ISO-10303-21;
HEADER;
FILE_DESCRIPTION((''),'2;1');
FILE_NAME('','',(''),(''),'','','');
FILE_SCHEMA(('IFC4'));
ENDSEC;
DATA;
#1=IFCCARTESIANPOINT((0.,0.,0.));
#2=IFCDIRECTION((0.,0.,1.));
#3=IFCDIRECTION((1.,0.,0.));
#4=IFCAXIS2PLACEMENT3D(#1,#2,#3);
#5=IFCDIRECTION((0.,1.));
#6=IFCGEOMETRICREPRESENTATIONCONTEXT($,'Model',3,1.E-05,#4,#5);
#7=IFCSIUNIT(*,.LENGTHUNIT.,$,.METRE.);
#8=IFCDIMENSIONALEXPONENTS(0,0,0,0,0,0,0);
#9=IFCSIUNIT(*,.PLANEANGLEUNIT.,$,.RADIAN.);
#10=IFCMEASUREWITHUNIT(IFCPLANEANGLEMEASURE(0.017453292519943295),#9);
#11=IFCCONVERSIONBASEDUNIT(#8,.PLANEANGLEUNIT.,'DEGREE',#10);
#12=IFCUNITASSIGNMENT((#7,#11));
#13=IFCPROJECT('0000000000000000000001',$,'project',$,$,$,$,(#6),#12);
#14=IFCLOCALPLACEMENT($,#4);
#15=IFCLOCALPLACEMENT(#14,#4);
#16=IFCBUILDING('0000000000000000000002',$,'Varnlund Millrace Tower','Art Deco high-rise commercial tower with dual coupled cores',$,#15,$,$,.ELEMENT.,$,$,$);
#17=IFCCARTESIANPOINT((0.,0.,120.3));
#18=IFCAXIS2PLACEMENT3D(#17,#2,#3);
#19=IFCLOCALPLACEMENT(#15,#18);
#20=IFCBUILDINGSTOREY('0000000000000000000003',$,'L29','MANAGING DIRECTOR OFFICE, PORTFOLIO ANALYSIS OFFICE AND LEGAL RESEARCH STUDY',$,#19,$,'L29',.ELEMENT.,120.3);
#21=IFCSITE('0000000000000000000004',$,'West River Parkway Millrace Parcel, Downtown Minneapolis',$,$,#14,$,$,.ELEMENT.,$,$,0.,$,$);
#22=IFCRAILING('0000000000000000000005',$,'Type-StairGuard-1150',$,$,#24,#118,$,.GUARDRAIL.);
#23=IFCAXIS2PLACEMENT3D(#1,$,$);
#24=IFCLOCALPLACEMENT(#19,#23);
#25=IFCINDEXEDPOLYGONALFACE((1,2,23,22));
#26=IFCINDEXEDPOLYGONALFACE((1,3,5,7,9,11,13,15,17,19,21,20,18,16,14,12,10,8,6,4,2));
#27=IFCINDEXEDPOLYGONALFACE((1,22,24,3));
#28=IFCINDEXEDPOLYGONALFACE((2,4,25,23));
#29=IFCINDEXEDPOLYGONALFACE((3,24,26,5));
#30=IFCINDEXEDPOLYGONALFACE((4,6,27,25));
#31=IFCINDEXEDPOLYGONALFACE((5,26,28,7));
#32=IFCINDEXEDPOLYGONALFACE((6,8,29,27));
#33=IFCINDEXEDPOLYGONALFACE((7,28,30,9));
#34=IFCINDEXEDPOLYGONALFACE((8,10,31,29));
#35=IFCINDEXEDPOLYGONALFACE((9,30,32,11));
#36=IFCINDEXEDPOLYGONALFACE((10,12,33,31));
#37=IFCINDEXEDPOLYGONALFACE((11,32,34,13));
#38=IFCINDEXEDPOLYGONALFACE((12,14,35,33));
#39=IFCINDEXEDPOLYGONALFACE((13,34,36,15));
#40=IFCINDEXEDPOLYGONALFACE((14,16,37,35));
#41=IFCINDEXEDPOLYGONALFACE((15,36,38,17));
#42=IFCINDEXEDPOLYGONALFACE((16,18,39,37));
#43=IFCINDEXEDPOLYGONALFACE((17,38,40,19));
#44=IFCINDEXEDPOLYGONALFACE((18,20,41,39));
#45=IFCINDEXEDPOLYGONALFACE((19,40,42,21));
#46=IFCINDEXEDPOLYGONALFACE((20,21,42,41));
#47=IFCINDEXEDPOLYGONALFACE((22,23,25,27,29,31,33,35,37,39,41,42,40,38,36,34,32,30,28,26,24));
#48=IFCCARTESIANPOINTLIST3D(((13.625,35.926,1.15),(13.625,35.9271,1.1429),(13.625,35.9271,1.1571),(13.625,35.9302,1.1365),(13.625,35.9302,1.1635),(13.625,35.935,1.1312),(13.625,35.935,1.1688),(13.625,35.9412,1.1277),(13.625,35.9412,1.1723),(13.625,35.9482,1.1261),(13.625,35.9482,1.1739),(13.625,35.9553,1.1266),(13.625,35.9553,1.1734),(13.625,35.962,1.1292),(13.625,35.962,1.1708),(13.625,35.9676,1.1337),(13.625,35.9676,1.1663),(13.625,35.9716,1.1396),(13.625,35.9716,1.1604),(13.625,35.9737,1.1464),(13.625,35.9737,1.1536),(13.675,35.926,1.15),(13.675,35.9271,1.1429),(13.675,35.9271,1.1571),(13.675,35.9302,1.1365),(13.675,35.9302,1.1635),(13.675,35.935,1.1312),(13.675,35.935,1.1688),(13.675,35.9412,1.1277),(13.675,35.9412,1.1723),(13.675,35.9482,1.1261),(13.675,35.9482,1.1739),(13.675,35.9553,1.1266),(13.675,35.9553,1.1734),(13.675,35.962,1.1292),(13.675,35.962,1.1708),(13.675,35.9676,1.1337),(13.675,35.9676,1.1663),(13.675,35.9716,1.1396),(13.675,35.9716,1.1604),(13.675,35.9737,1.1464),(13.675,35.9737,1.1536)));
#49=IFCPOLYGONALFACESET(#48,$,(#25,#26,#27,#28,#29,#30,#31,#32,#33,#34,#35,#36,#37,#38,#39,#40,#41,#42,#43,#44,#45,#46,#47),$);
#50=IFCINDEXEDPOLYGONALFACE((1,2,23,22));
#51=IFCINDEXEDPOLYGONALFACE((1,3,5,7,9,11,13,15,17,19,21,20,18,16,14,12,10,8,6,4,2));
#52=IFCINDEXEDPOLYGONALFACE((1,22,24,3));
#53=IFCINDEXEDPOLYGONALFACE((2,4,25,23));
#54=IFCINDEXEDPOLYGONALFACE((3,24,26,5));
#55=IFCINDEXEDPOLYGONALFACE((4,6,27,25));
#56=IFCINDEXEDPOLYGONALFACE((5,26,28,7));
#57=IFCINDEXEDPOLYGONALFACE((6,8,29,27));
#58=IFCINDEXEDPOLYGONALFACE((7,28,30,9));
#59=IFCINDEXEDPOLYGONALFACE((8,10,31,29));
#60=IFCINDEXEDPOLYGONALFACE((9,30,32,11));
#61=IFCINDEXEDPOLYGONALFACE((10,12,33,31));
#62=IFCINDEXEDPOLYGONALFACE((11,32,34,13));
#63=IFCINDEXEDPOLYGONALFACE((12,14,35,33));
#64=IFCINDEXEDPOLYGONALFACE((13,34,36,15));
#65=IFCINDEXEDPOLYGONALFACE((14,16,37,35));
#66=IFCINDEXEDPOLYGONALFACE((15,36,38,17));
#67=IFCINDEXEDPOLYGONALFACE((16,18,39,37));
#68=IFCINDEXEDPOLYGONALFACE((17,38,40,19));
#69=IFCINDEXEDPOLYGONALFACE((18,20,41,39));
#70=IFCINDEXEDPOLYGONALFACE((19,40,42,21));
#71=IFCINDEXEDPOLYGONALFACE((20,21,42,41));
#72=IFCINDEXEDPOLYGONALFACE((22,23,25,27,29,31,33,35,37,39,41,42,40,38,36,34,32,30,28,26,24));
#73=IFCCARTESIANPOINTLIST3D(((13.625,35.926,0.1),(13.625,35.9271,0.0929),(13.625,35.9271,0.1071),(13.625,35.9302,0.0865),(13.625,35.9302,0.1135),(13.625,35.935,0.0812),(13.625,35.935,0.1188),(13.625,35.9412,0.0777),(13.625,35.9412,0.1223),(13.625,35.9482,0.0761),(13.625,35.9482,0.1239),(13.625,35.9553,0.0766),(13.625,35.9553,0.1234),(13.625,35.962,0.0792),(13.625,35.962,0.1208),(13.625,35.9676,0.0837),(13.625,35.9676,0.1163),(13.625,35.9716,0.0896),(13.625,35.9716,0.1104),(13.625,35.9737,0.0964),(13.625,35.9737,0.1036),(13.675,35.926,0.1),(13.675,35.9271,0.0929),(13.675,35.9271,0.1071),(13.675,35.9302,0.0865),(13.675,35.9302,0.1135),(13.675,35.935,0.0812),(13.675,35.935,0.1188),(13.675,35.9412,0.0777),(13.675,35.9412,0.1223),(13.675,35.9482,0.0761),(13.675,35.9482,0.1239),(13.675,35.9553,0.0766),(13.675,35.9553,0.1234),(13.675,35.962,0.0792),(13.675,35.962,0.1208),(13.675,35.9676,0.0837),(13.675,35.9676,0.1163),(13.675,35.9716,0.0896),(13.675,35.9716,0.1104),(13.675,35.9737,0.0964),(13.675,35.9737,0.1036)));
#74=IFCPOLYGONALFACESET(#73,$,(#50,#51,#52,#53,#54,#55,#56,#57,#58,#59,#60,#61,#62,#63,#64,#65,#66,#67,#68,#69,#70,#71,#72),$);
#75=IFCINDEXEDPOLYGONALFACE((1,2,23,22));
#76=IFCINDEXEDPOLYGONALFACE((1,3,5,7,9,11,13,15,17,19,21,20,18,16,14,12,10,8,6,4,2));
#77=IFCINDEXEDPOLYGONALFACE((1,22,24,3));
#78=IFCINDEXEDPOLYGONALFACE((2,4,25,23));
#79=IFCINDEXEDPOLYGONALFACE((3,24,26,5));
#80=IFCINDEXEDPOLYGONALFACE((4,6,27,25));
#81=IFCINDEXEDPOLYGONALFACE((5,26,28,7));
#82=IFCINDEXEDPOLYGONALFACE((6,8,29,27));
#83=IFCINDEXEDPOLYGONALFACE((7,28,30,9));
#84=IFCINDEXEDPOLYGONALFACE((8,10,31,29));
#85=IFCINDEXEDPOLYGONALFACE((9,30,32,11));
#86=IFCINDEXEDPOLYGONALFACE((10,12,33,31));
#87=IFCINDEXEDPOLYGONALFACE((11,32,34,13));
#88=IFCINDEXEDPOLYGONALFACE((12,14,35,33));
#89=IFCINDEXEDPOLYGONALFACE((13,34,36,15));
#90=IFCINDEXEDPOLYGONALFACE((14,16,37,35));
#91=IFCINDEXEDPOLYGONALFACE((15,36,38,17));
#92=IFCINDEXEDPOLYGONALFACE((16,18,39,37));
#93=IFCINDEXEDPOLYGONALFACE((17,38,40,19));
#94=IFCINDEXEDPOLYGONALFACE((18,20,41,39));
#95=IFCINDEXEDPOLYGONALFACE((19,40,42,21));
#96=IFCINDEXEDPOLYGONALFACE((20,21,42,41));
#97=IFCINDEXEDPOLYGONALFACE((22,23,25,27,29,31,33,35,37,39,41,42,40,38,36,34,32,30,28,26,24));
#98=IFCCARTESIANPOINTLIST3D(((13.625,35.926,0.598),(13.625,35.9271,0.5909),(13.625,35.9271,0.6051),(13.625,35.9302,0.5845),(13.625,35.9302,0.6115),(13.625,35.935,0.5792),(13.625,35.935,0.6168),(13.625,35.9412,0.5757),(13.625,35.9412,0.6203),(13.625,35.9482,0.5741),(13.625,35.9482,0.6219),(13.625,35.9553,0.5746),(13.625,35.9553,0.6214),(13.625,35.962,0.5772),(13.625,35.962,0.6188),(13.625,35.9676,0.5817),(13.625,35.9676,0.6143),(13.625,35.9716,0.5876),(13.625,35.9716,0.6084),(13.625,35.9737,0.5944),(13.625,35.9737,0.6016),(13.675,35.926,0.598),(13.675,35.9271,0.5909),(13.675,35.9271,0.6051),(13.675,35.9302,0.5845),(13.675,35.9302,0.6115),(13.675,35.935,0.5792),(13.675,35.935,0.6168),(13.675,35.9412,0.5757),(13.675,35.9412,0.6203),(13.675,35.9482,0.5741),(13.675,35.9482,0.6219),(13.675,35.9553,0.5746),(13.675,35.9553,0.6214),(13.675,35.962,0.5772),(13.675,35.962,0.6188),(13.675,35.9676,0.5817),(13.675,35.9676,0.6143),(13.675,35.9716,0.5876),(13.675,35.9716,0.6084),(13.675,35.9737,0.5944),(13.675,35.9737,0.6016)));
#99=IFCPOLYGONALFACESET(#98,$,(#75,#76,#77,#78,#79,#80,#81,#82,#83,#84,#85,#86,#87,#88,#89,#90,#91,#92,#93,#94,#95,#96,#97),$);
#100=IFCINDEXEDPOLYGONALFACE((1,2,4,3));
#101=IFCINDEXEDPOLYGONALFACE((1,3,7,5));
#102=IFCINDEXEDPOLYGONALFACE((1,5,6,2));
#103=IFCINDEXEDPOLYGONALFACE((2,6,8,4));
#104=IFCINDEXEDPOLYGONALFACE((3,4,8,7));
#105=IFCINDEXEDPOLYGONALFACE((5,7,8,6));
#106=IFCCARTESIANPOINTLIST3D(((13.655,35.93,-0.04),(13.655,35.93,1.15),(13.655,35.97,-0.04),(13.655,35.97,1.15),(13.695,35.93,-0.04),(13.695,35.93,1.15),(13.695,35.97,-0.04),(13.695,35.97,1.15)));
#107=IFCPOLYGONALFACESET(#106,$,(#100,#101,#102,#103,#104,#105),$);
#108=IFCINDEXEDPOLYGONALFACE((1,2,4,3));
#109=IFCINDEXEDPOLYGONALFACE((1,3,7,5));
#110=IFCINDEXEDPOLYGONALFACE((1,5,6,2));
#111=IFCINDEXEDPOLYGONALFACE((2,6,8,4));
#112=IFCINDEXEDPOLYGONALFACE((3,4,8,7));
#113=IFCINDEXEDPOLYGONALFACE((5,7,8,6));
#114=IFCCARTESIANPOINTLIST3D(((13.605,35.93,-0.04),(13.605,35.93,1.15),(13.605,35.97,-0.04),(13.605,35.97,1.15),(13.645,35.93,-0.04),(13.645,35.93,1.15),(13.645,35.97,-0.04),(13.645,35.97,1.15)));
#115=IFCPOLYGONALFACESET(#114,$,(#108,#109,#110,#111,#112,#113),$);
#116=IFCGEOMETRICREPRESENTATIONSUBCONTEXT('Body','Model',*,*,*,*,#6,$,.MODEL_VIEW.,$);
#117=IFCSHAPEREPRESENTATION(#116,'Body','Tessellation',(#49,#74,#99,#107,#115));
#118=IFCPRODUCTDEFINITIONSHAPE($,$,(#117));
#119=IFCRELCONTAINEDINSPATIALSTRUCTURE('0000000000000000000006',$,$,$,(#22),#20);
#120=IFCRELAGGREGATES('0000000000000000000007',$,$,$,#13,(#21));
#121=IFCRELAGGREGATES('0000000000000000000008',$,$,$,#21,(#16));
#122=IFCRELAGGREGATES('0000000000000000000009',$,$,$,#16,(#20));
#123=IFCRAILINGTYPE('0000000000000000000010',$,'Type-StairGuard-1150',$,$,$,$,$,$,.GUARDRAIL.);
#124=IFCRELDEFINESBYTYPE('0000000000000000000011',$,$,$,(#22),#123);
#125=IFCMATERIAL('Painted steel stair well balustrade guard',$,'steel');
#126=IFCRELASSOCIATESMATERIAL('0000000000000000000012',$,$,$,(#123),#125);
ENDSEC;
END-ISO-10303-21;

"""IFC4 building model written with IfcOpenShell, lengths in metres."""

from ifc_helpers import new_model, entity, si_unit, converted_unit, direction, frame, origin_with_axes, origin_2d_with_axis, place, context, subcontext, project, spatial, rectangle, circle, extrude, material, type_object, element, save


model = new_model("IFC4")

# Units and contexts
model_context = context("Model", 3, precision=1e-05, world=origin_with_axes(), true_north=direction((0.0, 1.0)))
body_context = subcontext(model_context, "Body", "Model", "MODEL_VIEW")
ifc_project = project(units=[si_unit("LENGTHUNIT", "METRE"), converted_unit("PLANEANGLEUNIT", "DEGREE", entity("IfcPlaneAngleMeasure", 0.017453292519943295), si_unit("PLANEANGLEUNIT", "RADIAN"), dimensions=[0, 0, 0, 0, 0, 0, 0])], contexts=[model_context])

# Site, building, storey
site_placement = place(None, origin_with_axes())
site = spatial("IfcSite", under=ifc_project, at=site_placement, Name="West River Parkway Millrace Parcel, Downtown Minneapolis", CompositionType="ELEMENT", RefElevation=0.0)
building_placement = place(site_placement, origin_with_axes())
building = spatial("IfcBuilding", under=site, at=building_placement, Name="Varnlund Millrace Tower", Description="Art Deco high-rise commercial tower with dual coupled cores", CompositionType="ELEMENT")
storey_placement = place(building_placement, frame((0.0, 0.0, 120.3), z_axis=(0.0, 0.0, 1.0), x_axis=(1.0, 0.0, 0.0)))
storey = spatial("IfcBuildingStorey", under=building, at=storey_placement, Name="L29", Description="MANAGING DIRECTOR OFFICE, PORTFOLIO ANALYSIS OFFICE AND LEGAL RESEARCH STUDY", LongName="L29", CompositionType="ELEMENT", Elevation=120.3)

# Railing
ifc_material_1 = material(Name="Painted steel stair well balustrade guard", Category="steel")
railing_type_1 = type_object("IfcRailingType", Name="Type-StairGuard-1150", PredefinedType="GUARDRAIL", material=ifc_material_1)
railing_1_placement = place(storey_placement, frame((0.0, 0.0, -120.3), z_axis=(0.0, 0.0, 1.0), x_axis=(1.0, 0.0, 0.0)))
element("IfcRailing", 1, at=railing_1_placement, inside=storey, type_object=railing_type_1, Name="Type-StairGuard-1150", PredefinedType="GUARDRAIL", context=body_context, shape_type="SweptSolid", body=[
    extrude(circle(Radius=0.024, at=origin_2d_with_axis()), frame((13.675, 35.95, 121.45), z_axis=(-1.0, 0.0, 0.0), x_axis=(0.0, -1.0, 0.0)), (0.0, 0.0, 1.0), 0.05),
    extrude(circle(Radius=0.024, at=origin_2d_with_axis()), frame((13.675, 35.95, 120.4), z_axis=(-1.0, 0.0, 0.0), x_axis=(0.0, -1.0, 0.0)), (0.0, 0.0, 1.0), 0.05),
    extrude(circle(Radius=0.024, at=origin_2d_with_axis()), frame((13.675, 35.95, 120.898), z_axis=(-1.0, 0.0, 0.0), x_axis=(0.0, -1.0, 0.0)), (0.0, 0.0, 1.0), 0.05),
    extrude(rectangle(XDim=0.04, YDim=0.04, at=origin_2d_with_axis()), frame((13.675, 35.95, 120.26), z_axis=(0.0, 0.0, 1.0), x_axis=(1.0, 0.0, 0.0)), (0.0, 0.0, 1.0), 1.19),
    extrude(rectangle(XDim=0.04, YDim=0.04, at=origin_2d_with_axis()), frame((13.625, 35.95, 120.26), z_axis=(0.0, 0.0, 1.0), x_axis=(1.0, 0.0, 0.0)), (0.0, 0.0, 1.0), 1.19),
])

save(model, "model.ifc")
